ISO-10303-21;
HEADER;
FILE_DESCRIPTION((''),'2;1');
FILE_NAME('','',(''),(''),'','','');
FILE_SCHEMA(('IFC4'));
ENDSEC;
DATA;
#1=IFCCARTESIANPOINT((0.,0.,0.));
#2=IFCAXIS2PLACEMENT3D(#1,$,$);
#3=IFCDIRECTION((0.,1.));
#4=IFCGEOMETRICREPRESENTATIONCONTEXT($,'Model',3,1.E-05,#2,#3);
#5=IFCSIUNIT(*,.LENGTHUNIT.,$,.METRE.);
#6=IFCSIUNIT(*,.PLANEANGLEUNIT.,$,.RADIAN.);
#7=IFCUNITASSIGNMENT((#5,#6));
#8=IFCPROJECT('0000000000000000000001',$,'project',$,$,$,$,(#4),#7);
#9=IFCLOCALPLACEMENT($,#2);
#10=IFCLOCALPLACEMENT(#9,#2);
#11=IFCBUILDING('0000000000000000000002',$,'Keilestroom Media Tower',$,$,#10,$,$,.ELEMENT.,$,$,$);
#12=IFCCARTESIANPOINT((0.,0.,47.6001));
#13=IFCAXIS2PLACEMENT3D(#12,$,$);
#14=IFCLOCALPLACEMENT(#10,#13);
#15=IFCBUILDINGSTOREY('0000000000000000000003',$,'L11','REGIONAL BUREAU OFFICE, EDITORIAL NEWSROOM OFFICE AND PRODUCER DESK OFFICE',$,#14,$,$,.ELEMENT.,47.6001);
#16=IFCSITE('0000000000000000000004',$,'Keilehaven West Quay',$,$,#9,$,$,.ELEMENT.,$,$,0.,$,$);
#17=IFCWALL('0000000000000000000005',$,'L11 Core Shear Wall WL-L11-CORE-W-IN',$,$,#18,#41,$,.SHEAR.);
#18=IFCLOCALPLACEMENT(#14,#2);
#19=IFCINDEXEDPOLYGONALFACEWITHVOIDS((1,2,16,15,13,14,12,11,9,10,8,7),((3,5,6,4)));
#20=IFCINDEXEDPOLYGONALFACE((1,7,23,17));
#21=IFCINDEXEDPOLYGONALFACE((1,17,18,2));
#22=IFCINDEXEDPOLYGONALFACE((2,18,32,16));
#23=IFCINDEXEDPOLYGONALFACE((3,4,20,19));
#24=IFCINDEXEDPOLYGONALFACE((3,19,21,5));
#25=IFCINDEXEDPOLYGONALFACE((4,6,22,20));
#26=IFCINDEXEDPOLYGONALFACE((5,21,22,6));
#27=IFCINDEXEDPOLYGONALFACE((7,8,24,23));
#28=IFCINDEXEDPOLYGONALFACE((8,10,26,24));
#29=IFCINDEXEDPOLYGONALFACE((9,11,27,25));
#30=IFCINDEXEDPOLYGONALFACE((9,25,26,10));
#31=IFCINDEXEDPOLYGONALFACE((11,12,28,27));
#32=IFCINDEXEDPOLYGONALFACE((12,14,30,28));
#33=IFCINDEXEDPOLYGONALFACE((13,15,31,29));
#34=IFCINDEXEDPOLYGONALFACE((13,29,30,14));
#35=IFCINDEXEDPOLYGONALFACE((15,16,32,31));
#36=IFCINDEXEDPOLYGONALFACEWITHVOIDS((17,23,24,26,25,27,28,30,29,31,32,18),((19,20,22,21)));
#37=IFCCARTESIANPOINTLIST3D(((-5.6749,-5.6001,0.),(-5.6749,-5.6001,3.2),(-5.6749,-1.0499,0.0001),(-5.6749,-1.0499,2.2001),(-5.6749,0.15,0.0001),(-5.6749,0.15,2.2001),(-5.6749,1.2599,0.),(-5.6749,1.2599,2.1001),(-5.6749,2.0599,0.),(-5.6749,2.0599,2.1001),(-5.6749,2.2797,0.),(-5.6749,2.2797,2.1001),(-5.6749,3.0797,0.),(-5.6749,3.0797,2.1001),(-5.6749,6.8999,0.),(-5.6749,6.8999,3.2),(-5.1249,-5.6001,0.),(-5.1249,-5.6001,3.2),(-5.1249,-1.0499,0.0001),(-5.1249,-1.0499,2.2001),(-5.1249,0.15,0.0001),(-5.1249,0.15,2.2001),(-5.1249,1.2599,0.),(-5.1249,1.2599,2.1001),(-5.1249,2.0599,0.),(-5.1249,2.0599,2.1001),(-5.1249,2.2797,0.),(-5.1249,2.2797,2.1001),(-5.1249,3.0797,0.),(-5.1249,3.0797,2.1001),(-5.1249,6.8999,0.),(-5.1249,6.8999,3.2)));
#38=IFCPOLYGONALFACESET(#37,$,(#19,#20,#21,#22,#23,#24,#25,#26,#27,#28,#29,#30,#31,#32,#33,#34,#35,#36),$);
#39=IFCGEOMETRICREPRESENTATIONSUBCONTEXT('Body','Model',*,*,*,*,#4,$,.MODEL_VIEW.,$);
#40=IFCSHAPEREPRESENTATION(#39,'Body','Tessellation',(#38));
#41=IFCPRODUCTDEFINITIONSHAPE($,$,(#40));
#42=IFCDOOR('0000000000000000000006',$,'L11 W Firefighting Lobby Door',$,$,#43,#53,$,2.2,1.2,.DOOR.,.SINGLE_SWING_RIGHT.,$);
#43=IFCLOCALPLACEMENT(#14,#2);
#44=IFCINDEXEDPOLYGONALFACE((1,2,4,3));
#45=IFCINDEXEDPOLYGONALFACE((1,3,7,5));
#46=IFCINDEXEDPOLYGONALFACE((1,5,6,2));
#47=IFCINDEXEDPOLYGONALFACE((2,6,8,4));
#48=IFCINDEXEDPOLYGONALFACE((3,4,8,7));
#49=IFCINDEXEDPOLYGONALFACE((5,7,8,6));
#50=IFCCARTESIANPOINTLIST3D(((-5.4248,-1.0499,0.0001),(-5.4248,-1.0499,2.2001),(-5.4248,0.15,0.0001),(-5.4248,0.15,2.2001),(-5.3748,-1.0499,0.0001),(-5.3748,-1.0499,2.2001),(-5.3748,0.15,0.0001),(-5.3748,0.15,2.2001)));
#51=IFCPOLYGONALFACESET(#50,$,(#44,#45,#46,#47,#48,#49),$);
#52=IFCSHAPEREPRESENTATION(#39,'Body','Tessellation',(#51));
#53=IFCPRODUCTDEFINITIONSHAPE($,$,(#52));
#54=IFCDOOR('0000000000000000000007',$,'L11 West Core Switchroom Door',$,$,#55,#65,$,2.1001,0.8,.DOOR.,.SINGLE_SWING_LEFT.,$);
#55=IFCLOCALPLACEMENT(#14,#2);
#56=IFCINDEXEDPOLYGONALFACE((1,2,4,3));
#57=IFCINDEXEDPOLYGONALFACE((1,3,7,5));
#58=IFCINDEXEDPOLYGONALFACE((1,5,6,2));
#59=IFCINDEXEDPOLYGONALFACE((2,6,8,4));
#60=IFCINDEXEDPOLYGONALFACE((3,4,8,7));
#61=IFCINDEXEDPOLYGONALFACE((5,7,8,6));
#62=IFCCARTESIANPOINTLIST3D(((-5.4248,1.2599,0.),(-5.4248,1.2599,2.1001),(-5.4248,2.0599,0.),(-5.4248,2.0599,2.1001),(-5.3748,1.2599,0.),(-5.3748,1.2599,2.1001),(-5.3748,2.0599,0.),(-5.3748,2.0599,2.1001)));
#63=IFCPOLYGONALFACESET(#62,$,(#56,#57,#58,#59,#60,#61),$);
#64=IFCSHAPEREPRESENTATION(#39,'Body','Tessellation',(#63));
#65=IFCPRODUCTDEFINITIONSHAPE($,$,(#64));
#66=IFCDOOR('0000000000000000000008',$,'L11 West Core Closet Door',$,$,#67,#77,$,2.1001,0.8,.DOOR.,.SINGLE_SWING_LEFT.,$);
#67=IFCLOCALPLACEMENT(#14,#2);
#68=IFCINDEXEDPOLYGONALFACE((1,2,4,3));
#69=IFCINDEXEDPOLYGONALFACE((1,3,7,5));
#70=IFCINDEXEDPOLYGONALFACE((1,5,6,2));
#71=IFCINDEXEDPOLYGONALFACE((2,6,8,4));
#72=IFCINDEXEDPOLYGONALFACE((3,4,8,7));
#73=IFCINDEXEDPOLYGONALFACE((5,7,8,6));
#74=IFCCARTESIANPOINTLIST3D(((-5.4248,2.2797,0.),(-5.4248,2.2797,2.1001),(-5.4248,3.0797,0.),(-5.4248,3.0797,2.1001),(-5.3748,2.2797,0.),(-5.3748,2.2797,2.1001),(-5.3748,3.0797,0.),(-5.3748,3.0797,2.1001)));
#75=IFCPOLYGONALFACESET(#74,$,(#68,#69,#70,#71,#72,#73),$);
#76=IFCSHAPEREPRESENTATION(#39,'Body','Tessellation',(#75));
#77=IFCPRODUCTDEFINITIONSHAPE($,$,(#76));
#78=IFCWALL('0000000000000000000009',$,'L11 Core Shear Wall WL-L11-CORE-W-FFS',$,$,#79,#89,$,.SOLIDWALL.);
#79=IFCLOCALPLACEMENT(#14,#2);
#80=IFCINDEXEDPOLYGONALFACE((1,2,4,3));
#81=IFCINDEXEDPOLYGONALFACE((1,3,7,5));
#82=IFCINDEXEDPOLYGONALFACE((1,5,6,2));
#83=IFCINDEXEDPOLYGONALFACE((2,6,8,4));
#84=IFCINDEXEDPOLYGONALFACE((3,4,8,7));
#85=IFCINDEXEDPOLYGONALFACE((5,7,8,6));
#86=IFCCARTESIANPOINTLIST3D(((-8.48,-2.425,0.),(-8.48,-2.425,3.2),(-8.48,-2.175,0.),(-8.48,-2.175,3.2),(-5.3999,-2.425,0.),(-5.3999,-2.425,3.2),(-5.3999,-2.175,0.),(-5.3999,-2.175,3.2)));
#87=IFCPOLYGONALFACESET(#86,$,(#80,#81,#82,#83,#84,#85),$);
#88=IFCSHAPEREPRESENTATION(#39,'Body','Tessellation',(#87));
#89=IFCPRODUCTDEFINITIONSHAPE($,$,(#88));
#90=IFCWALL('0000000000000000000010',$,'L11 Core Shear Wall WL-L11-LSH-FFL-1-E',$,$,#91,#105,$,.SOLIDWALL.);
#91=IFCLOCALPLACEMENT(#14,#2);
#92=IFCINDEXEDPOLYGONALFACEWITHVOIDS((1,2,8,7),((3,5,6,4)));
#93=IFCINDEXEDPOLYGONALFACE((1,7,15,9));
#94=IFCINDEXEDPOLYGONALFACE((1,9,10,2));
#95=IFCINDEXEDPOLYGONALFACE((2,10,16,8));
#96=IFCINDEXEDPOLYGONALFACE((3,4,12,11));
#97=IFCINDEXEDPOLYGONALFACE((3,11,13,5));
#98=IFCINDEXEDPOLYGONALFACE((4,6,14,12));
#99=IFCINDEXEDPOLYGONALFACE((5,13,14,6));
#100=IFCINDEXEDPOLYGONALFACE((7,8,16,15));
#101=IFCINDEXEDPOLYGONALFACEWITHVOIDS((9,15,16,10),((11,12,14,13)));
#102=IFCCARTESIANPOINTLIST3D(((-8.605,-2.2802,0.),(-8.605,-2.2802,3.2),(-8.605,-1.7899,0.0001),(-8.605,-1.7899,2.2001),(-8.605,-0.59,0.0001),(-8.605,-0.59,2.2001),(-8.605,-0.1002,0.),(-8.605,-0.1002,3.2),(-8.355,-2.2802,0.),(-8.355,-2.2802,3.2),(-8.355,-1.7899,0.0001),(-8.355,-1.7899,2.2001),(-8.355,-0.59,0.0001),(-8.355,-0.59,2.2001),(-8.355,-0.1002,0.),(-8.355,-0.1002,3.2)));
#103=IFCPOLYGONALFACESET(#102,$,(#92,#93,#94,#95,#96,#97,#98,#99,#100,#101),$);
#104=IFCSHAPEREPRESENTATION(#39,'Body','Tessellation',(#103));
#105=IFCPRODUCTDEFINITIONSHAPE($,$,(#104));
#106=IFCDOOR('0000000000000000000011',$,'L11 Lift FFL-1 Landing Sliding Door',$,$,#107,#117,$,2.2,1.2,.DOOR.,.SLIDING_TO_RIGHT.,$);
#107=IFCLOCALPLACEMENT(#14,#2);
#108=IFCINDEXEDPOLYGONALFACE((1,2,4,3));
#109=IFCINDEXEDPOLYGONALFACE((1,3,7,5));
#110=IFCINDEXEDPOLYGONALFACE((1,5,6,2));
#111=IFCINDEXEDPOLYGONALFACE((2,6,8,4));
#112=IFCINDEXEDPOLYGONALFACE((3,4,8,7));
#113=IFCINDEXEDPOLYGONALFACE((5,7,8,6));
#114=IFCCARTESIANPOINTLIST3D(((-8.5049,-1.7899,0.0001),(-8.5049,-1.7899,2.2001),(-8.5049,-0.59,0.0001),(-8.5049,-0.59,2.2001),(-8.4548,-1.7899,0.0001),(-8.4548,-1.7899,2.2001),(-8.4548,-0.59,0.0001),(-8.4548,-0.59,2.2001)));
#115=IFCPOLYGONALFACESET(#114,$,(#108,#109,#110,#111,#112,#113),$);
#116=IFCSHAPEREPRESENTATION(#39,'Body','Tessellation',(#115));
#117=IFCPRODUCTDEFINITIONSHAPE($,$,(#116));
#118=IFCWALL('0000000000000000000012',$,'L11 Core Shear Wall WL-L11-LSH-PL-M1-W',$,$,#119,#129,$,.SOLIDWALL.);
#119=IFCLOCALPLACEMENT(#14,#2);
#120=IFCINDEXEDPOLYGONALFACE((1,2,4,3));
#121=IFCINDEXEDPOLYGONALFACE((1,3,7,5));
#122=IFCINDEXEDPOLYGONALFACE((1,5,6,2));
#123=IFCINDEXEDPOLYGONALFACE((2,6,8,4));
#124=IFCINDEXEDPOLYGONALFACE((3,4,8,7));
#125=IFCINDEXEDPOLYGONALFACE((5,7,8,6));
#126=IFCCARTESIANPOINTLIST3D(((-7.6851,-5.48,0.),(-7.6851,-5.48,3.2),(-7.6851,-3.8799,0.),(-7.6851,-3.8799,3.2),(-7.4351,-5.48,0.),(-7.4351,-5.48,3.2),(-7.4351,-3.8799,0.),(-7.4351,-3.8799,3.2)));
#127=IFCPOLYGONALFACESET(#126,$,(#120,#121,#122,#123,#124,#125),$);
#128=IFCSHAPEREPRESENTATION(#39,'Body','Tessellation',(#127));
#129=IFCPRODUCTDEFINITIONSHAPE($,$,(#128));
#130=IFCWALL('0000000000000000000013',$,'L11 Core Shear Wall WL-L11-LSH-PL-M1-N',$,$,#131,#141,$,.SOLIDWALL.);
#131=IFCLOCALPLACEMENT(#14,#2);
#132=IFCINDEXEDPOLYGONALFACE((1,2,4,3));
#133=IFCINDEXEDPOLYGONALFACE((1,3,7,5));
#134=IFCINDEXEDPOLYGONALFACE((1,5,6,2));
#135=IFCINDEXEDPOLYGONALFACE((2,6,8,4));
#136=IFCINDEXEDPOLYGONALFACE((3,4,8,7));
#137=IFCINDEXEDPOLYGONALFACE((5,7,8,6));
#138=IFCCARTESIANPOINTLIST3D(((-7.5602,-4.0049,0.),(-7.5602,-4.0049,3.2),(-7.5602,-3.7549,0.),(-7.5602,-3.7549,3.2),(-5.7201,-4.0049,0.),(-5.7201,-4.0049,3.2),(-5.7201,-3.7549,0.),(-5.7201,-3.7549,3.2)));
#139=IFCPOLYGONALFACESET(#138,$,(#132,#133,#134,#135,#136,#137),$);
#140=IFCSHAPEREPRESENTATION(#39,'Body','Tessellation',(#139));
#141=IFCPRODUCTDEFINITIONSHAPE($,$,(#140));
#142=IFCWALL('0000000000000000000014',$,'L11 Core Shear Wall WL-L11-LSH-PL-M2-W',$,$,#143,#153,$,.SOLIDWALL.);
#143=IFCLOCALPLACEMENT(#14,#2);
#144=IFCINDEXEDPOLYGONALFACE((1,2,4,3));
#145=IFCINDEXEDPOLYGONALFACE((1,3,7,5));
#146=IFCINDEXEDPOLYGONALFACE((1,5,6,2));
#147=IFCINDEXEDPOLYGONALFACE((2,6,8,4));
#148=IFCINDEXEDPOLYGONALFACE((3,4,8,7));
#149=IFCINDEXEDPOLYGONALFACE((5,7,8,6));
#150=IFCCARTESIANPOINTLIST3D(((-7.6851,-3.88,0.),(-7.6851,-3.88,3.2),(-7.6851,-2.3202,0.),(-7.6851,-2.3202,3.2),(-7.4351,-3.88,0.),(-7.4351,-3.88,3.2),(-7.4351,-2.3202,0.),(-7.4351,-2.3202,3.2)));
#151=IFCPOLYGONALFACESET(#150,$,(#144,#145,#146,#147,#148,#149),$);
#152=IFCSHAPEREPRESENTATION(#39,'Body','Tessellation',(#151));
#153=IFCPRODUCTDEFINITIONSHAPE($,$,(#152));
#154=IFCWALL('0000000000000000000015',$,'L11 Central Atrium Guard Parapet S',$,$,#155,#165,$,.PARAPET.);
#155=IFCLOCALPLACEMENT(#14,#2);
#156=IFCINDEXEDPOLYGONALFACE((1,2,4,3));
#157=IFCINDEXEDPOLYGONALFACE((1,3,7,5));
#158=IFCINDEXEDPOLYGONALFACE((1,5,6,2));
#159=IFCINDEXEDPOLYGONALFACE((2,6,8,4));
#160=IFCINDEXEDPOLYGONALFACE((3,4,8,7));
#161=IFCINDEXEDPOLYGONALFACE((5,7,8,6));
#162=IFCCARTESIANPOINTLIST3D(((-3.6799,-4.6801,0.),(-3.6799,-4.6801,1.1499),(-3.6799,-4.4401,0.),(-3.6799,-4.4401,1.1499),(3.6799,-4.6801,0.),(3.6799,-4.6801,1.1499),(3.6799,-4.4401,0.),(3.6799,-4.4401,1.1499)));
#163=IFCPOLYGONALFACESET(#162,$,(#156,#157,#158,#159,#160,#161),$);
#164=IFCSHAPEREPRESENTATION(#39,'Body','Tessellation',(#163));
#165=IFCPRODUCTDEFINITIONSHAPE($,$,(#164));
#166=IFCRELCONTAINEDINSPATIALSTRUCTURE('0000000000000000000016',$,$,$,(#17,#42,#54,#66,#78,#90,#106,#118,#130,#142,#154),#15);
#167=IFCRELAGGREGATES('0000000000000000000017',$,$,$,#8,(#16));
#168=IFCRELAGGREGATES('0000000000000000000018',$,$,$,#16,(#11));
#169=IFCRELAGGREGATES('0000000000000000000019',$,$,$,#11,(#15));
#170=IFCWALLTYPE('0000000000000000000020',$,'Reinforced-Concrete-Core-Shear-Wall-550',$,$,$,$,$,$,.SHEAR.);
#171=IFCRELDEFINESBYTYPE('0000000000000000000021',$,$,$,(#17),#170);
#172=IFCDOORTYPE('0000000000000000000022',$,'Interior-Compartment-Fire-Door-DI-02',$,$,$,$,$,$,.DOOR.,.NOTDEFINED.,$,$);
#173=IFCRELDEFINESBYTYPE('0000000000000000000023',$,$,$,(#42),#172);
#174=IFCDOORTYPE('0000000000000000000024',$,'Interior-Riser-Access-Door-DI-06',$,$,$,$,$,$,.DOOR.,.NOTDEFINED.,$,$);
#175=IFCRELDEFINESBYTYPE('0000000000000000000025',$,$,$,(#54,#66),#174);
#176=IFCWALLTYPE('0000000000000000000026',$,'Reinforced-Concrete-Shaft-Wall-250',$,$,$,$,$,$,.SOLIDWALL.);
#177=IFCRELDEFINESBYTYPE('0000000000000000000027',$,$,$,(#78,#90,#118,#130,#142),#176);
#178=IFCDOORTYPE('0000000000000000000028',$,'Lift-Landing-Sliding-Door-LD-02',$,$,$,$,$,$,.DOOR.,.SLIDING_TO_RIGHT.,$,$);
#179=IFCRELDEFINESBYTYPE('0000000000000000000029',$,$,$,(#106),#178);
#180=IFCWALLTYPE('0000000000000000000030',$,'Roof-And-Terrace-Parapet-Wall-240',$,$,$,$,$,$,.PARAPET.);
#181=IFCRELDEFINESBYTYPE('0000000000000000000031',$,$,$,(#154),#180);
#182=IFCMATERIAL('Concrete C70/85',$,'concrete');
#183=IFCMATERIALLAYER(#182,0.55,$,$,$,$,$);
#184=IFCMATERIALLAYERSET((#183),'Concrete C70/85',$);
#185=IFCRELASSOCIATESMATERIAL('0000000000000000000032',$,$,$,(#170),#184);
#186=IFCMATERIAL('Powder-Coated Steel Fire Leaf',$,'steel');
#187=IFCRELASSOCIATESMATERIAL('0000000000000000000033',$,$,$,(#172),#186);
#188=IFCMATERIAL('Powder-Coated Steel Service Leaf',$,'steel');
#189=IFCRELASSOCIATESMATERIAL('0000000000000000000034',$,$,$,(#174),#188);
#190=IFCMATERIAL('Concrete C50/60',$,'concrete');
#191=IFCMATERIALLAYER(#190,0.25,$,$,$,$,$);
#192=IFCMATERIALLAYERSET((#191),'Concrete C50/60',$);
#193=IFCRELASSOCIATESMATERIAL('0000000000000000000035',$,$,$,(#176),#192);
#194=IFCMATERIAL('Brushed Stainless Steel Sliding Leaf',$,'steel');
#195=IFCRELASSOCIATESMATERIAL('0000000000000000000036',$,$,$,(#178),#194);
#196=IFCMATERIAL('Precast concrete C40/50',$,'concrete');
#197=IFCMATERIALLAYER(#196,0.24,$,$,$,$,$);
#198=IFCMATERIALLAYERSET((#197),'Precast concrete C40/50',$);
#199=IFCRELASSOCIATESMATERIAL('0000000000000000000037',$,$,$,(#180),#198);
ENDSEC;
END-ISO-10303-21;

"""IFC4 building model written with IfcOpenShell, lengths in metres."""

from ifc_helpers import new_model, si_unit, direction, frame, frame_2d, origin, place, context, subcontext, project, spatial, rectangle, extrude, source, transform, mapped, material, layer, layer_set, type_object, element, fill, save


model = new_model("IFC4")

# Units and contexts
model_context = context("Model", 3, precision=1e-05, world=origin(), true_north=direction((0.0, 1.0)))
body_context = subcontext(model_context, "Body", "Model", "MODEL_VIEW")
ifc_project = project(units=[si_unit("LENGTHUNIT", "METRE"), si_unit("PLANEANGLEUNIT", "RADIAN")], contexts=[model_context])

# Site, building, storey
site_placement = place(None, origin())
site = spatial("IfcSite", under=ifc_project, at=site_placement, Name="Keilehaven West Quay", CompositionType="ELEMENT", RefElevation=0.0)
building_placement = place(site_placement, origin())
building = spatial("IfcBuilding", under=site, at=building_placement, Name="Keilestroom Media Tower", CompositionType="ELEMENT")
storey_placement = place(building_placement, frame((0.0, 0.0, 47.6001)))
storey = spatial("IfcBuildingStorey", under=building, at=storey_placement, Name="L11", Description="REGIONAL BUREAU OFFICE, EDITORIAL NEWSROOM OFFICE AND PRODUCER DESK OFFICE", CompositionType="ELEMENT", Elevation=47.6001)

# Shared definitions
ifc_material_1 = material(Name="Concrete C70/85", Category="concrete")

# Wall, openings, doors
ifc_layer_1 = layer(ifc_material_1, 0.55)
ifc_layer_set_1 = layer_set([ifc_layer_1], Name="Concrete C70/85")
wall_type_1 = type_object("IfcWallType", Name="Reinforced-Concrete-Core-Shear-Wall-550", PredefinedType="SHEAR", material=ifc_layer_set_1)
wall_1_placement = place(storey_placement, frame((-5.3999, -5.6001, 0.0), z_axis=(0.0, 0.0, 1.0), x_axis=(0.0, 1.0, 0.0)))
wall_1 = element("IfcWall", 1, at=wall_1_placement, inside=storey, type_object=wall_type_1, Name="L11 Core Shear Wall WL-L11-CORE-W-IN", PredefinedType="SHEAR", context=body_context, shape_type="SweptSolid", body=[
    extrude(rectangle(XDim=12.5, YDim=0.55, at=frame_2d((6.25, 0.0))), origin(), (0.0, 0.0, 1.0), 3.2),
])
opening_1_placement = place(wall_1_placement, frame((4.55, 0.0, 0.0)))
opening_1 = element("IfcOpeningElement", 2, at=opening_1_placement, cuts=wall_1, PredefinedType="OPENING", context=body_context, shape_type="SweptSolid", body=[
    extrude(rectangle(XDim=1.2, YDim=2.2, at=frame_2d((0.6001, 1.1001))), frame((0.0, 0.2852, 0.0), z_axis=(0.0, -1.0, 0.0), x_axis=(1.0, 0.0, 0.0)), (0.0, 0.0, 1.0), 0.5701),
])
opening_2_placement = place(wall_1_placement, frame((6.8601, 0.0, 0.0)))
opening_2 = element("IfcOpeningElement", 3, at=opening_2_placement, cuts=wall_1, PredefinedType="OPENING", context=body_context, shape_type="SweptSolid", body=[
    extrude(rectangle(XDim=0.8, YDim=2.1001, at=frame_2d((0.3999, 1.05))), frame((0.0, 0.2852, 0.0), z_axis=(0.0, -1.0, 0.0), x_axis=(1.0, 0.0, 0.0)), (0.0, 0.0, 1.0), 0.5701),
])
opening_3_placement = place(wall_1_placement, frame((7.8799, 0.0, 0.0)))
opening_3 = element("IfcOpeningElement", 4, at=opening_3_placement, cuts=wall_1, PredefinedType="OPENING", context=body_context, shape_type="SweptSolid", body=[
    extrude(rectangle(XDim=0.8, YDim=2.1001, at=frame_2d((0.3999, 1.05))), frame((0.0, 0.2852, 0.0), z_axis=(0.0, -1.0, 0.0), x_axis=(1.0, 0.0, 0.0)), (0.0, 0.0, 1.0), 0.5701),
])
ifc_material_2 = material(Name="Powder-Coated Steel Fire Leaf", Category="steel")
door_type_1 = type_object("IfcDoorType", Name="Interior-Compartment-Fire-Door-DI-02", OperationType="NOTDEFINED", PredefinedType="DOOR", material=ifc_material_2)
shared_shape_1 = source(origin(), body_context, "Body", "SweptSolid", [
    extrude(rectangle(XDim=1.2, YDim=2.2, at=frame_2d((0.6001, 1.1001))), frame((0.0, 0.0249, 0.0), z_axis=(0.0, -1.0, 0.0), x_axis=(1.0, 0.0, 0.0)), (0.0, 0.0, 1.0), 0.05),
])
door_1_placement = place(opening_1_placement, origin())
door_1 = element("IfcDoor", 5, at=door_1_placement, inside=storey, type_object=door_type_1, Name="L11 W Firefighting Lobby Door", OperationType="SINGLE_SWING_RIGHT", OverallHeight=2.2, OverallWidth=1.2, PredefinedType="DOOR", context=body_context, shape_type="MappedRepresentation", body=[
    mapped(shared_shape_1, transform((0.0, 0.0, 0.0), x_axis=(1.0, 0.0, 0.0), y_axis=(0.0, 1.0, 0.0), z_axis=(0.0, 0.0, 1.0), scale=1.0)),
])
fill(opening_1, door_1)
ifc_material_3 = material(Name="Powder-Coated Steel Service Leaf", Category="steel")
door_type_2 = type_object("IfcDoorType", Name="Interior-Riser-Access-Door-DI-06", OperationType="NOTDEFINED", PredefinedType="DOOR", material=ifc_material_3)
shared_shape_2 = source(origin(), body_context, "Body", "SweptSolid", [
    extrude(rectangle(XDim=0.8, YDim=2.1001, at=frame_2d((0.3999, 1.05))), frame((0.0, 0.0249, 0.0), z_axis=(0.0, -1.0, 0.0), x_axis=(1.0, 0.0, 0.0)), (0.0, 0.0, 1.0), 0.05),
])
door_2_placement = place(opening_2_placement, origin())
door_2 = element("IfcDoor", 6, at=door_2_placement, inside=storey, type_object=door_type_2, Name="L11 West Core Switchroom Door", OperationType="SINGLE_SWING_LEFT", OverallHeight=2.1001, OverallWidth=0.8, PredefinedType="DOOR", context=body_context, shape_type="MappedRepresentation", body=[
    mapped(shared_shape_2, transform((0.0, 0.0, 0.0), x_axis=(1.0, 0.0, 0.0), y_axis=(0.0, 1.0, 0.0), z_axis=(0.0, 0.0, 1.0), scale=1.0)),
])
fill(opening_2, door_2)
door_3_placement = place(opening_3_placement, origin())
door_3 = element("IfcDoor", 7, at=door_3_placement, inside=storey, type_object=door_type_2, Name="L11 West Core Closet Door", OperationType="SINGLE_SWING_LEFT", OverallHeight=2.1001, OverallWidth=0.8, PredefinedType="DOOR", context=body_context, shape_type="MappedRepresentation", body=[
    mapped(shared_shape_2, transform((0.0, 0.0, 0.0), x_axis=(1.0, 0.0, 0.0), y_axis=(0.0, 1.0, 0.0), z_axis=(0.0, 0.0, 1.0), scale=1.0)),
])
fill(opening_3, door_3)

# Wall
ifc_material_4 = material(Name="Concrete C50/60", Category="concrete")
ifc_layer_2 = layer(ifc_material_4, 0.25)
ifc_layer_set_2 = layer_set([ifc_layer_2], Name="Concrete C50/60")
wall_type_2 = type_object("IfcWallType", Name="Reinforced-Concrete-Shaft-Wall-250", PredefinedType="SOLIDWALL", material=ifc_layer_set_2)
wall_2_placement = place(storey_placement, frame((-8.48, -2.3, 0.0), z_axis=(0.0, 0.0, 1.0), x_axis=(1.0, 0.0, 0.0)))
element("IfcWall", 8, at=wall_2_placement, inside=storey, type_object=wall_type_2, Name="L11 Core Shear Wall WL-L11-CORE-W-FFS", PredefinedType="SOLIDWALL", context=body_context, shape_type="SweptSolid", body=[
    extrude(rectangle(XDim=3.0801, YDim=0.25, at=frame_2d((1.54, 0.0))), origin(), (0.0, 0.0, 1.0), 3.2),
])

# Wall, opening, door
wall_3_placement = place(storey_placement, frame((-8.48, -2.28, 0.0), z_axis=(0.0, 0.0, 1.0), x_axis=(0.0, 1.0, 0.0)))
wall_3 = element("IfcWall", 9, at=wall_3_placement, inside=storey, type_object=wall_type_2, Name="L11 Core Shear Wall WL-L11-LSH-FFL-1-E", PredefinedType="SOLIDWALL", context=body_context, shape_type="SweptSolid", body=[
    extrude(rectangle(XDim=2.1799, YDim=0.25, at=frame_2d((1.0898, 0.0))), origin(), (0.0, 0.0, 1.0), 3.2),
])
opening_4_placement = place(wall_3_placement, frame((0.49, 0.0, 0.0)))
opening_4 = element("IfcOpeningElement", 10, at=opening_4_placement, cuts=wall_3, PredefinedType="OPENING", context=body_context, shape_type="SweptSolid", body=[
    extrude(rectangle(XDim=1.2, YDim=2.2, at=frame_2d((0.6001, 1.1001))), frame((0.0, 0.135, 0.0), z_axis=(0.0, -1.0, 0.0), x_axis=(1.0, 0.0, 0.0)), (0.0, 0.0, 1.0), 0.27),
])
ifc_material_5 = material(Name="Brushed Stainless Steel Sliding Leaf", Category="steel")
door_type_3 = type_object("IfcDoorType", Name="Lift-Landing-Sliding-Door-LD-02", OperationType="SLIDING_TO_RIGHT", PredefinedType="DOOR", material=ifc_material_5)
door_4_placement = place(opening_4_placement, origin())
door_4 = element("IfcDoor", 11, at=door_4_placement, inside=storey, type_object=door_type_3, Name="L11 Lift FFL-1 Landing Sliding Door", OperationType="SLIDING_TO_RIGHT", OverallHeight=2.2, OverallWidth=1.2, PredefinedType="DOOR", context=body_context, shape_type="MappedRepresentation", body=[
    mapped(shared_shape_1, transform((0.0, 0.0, 0.0), x_axis=(1.0, 0.0, 0.0), y_axis=(0.0, 1.0, 0.0), z_axis=(0.0, 0.0, 1.0), scale=1.0)),
])
fill(opening_4, door_4)

# Walls
wall_4_placement = place(storey_placement, frame((-7.5601, -5.48, 0.0), z_axis=(0.0, 0.0, 1.0), x_axis=(0.0, 1.0, 0.0)))
element("IfcWall", 12, at=wall_4_placement, inside=storey, type_object=wall_type_2, Name="L11 Core Shear Wall WL-L11-LSH-PL-M1-W", PredefinedType="SOLIDWALL", context=body_context, shape_type="SweptSolid", body=[
    extrude(rectangle(XDim=1.6001, YDim=0.25, at=frame_2d((0.8, 0.0))), origin(), (0.0, 0.0, 1.0), 3.2),
])
wall_5_placement = place(storey_placement, frame((-7.5601, -3.8799, 0.0), z_axis=(0.0, 0.0, 1.0), x_axis=(1.0, 0.0, 0.0)))
element("IfcWall", 13, at=wall_5_placement, inside=storey, type_object=wall_type_2, Name="L11 Core Shear Wall WL-L11-LSH-PL-M1-N", PredefinedType="SOLIDWALL", context=body_context, shape_type="SweptSolid", body=[
    extrude(rectangle(XDim=1.8401, YDim=0.25, at=frame_2d((0.9199, 0.0))), origin(), (0.0, 0.0, 1.0), 3.2),
])
wall_6_placement = place(storey_placement, frame((-7.5601, -3.8799, 0.0), z_axis=(0.0, 0.0, 1.0), x_axis=(0.0, 1.0, 0.0)))
element("IfcWall", 14, at=wall_6_placement, inside=storey, type_object=wall_type_2, Name="L11 Core Shear Wall WL-L11-LSH-PL-M2-W", PredefinedType="SOLIDWALL", context=body_context, shape_type="SweptSolid", body=[
    extrude(rectangle(XDim=1.5598, YDim=0.25, at=frame_2d((0.7798, 0.0))), origin(), (0.0, 0.0, 1.0), 3.2),
])
ifc_material_6 = material(Name="Precast concrete C40/50", Category="concrete")
ifc_layer_3 = layer(ifc_material_6, 0.24)
ifc_layer_set_3 = layer_set([ifc_layer_3], Name="Precast concrete C40/50")
wall_type_3 = type_object("IfcWallType", Name="Roof-And-Terrace-Parapet-Wall-240", PredefinedType="PARAPET", material=ifc_layer_set_3)
wall_7_placement = place(storey_placement, frame((-3.6799, -4.5601, 0.0), z_axis=(0.0, 0.0, 1.0), x_axis=(1.0, 0.0, 0.0)))
element("IfcWall", 15, at=wall_7_placement, inside=storey, type_object=wall_type_3, Name="L11 Central Atrium Guard Parapet S", PredefinedType="PARAPET", context=body_context, shape_type="SweptSolid", body=[
    extrude(rectangle(XDim=7.3599, YDim=0.24, at=frame_2d((3.6799, 0.0))), origin(), (0.0, 0.0, 1.0), 1.1499),
])

save(model, "model.ifc")
